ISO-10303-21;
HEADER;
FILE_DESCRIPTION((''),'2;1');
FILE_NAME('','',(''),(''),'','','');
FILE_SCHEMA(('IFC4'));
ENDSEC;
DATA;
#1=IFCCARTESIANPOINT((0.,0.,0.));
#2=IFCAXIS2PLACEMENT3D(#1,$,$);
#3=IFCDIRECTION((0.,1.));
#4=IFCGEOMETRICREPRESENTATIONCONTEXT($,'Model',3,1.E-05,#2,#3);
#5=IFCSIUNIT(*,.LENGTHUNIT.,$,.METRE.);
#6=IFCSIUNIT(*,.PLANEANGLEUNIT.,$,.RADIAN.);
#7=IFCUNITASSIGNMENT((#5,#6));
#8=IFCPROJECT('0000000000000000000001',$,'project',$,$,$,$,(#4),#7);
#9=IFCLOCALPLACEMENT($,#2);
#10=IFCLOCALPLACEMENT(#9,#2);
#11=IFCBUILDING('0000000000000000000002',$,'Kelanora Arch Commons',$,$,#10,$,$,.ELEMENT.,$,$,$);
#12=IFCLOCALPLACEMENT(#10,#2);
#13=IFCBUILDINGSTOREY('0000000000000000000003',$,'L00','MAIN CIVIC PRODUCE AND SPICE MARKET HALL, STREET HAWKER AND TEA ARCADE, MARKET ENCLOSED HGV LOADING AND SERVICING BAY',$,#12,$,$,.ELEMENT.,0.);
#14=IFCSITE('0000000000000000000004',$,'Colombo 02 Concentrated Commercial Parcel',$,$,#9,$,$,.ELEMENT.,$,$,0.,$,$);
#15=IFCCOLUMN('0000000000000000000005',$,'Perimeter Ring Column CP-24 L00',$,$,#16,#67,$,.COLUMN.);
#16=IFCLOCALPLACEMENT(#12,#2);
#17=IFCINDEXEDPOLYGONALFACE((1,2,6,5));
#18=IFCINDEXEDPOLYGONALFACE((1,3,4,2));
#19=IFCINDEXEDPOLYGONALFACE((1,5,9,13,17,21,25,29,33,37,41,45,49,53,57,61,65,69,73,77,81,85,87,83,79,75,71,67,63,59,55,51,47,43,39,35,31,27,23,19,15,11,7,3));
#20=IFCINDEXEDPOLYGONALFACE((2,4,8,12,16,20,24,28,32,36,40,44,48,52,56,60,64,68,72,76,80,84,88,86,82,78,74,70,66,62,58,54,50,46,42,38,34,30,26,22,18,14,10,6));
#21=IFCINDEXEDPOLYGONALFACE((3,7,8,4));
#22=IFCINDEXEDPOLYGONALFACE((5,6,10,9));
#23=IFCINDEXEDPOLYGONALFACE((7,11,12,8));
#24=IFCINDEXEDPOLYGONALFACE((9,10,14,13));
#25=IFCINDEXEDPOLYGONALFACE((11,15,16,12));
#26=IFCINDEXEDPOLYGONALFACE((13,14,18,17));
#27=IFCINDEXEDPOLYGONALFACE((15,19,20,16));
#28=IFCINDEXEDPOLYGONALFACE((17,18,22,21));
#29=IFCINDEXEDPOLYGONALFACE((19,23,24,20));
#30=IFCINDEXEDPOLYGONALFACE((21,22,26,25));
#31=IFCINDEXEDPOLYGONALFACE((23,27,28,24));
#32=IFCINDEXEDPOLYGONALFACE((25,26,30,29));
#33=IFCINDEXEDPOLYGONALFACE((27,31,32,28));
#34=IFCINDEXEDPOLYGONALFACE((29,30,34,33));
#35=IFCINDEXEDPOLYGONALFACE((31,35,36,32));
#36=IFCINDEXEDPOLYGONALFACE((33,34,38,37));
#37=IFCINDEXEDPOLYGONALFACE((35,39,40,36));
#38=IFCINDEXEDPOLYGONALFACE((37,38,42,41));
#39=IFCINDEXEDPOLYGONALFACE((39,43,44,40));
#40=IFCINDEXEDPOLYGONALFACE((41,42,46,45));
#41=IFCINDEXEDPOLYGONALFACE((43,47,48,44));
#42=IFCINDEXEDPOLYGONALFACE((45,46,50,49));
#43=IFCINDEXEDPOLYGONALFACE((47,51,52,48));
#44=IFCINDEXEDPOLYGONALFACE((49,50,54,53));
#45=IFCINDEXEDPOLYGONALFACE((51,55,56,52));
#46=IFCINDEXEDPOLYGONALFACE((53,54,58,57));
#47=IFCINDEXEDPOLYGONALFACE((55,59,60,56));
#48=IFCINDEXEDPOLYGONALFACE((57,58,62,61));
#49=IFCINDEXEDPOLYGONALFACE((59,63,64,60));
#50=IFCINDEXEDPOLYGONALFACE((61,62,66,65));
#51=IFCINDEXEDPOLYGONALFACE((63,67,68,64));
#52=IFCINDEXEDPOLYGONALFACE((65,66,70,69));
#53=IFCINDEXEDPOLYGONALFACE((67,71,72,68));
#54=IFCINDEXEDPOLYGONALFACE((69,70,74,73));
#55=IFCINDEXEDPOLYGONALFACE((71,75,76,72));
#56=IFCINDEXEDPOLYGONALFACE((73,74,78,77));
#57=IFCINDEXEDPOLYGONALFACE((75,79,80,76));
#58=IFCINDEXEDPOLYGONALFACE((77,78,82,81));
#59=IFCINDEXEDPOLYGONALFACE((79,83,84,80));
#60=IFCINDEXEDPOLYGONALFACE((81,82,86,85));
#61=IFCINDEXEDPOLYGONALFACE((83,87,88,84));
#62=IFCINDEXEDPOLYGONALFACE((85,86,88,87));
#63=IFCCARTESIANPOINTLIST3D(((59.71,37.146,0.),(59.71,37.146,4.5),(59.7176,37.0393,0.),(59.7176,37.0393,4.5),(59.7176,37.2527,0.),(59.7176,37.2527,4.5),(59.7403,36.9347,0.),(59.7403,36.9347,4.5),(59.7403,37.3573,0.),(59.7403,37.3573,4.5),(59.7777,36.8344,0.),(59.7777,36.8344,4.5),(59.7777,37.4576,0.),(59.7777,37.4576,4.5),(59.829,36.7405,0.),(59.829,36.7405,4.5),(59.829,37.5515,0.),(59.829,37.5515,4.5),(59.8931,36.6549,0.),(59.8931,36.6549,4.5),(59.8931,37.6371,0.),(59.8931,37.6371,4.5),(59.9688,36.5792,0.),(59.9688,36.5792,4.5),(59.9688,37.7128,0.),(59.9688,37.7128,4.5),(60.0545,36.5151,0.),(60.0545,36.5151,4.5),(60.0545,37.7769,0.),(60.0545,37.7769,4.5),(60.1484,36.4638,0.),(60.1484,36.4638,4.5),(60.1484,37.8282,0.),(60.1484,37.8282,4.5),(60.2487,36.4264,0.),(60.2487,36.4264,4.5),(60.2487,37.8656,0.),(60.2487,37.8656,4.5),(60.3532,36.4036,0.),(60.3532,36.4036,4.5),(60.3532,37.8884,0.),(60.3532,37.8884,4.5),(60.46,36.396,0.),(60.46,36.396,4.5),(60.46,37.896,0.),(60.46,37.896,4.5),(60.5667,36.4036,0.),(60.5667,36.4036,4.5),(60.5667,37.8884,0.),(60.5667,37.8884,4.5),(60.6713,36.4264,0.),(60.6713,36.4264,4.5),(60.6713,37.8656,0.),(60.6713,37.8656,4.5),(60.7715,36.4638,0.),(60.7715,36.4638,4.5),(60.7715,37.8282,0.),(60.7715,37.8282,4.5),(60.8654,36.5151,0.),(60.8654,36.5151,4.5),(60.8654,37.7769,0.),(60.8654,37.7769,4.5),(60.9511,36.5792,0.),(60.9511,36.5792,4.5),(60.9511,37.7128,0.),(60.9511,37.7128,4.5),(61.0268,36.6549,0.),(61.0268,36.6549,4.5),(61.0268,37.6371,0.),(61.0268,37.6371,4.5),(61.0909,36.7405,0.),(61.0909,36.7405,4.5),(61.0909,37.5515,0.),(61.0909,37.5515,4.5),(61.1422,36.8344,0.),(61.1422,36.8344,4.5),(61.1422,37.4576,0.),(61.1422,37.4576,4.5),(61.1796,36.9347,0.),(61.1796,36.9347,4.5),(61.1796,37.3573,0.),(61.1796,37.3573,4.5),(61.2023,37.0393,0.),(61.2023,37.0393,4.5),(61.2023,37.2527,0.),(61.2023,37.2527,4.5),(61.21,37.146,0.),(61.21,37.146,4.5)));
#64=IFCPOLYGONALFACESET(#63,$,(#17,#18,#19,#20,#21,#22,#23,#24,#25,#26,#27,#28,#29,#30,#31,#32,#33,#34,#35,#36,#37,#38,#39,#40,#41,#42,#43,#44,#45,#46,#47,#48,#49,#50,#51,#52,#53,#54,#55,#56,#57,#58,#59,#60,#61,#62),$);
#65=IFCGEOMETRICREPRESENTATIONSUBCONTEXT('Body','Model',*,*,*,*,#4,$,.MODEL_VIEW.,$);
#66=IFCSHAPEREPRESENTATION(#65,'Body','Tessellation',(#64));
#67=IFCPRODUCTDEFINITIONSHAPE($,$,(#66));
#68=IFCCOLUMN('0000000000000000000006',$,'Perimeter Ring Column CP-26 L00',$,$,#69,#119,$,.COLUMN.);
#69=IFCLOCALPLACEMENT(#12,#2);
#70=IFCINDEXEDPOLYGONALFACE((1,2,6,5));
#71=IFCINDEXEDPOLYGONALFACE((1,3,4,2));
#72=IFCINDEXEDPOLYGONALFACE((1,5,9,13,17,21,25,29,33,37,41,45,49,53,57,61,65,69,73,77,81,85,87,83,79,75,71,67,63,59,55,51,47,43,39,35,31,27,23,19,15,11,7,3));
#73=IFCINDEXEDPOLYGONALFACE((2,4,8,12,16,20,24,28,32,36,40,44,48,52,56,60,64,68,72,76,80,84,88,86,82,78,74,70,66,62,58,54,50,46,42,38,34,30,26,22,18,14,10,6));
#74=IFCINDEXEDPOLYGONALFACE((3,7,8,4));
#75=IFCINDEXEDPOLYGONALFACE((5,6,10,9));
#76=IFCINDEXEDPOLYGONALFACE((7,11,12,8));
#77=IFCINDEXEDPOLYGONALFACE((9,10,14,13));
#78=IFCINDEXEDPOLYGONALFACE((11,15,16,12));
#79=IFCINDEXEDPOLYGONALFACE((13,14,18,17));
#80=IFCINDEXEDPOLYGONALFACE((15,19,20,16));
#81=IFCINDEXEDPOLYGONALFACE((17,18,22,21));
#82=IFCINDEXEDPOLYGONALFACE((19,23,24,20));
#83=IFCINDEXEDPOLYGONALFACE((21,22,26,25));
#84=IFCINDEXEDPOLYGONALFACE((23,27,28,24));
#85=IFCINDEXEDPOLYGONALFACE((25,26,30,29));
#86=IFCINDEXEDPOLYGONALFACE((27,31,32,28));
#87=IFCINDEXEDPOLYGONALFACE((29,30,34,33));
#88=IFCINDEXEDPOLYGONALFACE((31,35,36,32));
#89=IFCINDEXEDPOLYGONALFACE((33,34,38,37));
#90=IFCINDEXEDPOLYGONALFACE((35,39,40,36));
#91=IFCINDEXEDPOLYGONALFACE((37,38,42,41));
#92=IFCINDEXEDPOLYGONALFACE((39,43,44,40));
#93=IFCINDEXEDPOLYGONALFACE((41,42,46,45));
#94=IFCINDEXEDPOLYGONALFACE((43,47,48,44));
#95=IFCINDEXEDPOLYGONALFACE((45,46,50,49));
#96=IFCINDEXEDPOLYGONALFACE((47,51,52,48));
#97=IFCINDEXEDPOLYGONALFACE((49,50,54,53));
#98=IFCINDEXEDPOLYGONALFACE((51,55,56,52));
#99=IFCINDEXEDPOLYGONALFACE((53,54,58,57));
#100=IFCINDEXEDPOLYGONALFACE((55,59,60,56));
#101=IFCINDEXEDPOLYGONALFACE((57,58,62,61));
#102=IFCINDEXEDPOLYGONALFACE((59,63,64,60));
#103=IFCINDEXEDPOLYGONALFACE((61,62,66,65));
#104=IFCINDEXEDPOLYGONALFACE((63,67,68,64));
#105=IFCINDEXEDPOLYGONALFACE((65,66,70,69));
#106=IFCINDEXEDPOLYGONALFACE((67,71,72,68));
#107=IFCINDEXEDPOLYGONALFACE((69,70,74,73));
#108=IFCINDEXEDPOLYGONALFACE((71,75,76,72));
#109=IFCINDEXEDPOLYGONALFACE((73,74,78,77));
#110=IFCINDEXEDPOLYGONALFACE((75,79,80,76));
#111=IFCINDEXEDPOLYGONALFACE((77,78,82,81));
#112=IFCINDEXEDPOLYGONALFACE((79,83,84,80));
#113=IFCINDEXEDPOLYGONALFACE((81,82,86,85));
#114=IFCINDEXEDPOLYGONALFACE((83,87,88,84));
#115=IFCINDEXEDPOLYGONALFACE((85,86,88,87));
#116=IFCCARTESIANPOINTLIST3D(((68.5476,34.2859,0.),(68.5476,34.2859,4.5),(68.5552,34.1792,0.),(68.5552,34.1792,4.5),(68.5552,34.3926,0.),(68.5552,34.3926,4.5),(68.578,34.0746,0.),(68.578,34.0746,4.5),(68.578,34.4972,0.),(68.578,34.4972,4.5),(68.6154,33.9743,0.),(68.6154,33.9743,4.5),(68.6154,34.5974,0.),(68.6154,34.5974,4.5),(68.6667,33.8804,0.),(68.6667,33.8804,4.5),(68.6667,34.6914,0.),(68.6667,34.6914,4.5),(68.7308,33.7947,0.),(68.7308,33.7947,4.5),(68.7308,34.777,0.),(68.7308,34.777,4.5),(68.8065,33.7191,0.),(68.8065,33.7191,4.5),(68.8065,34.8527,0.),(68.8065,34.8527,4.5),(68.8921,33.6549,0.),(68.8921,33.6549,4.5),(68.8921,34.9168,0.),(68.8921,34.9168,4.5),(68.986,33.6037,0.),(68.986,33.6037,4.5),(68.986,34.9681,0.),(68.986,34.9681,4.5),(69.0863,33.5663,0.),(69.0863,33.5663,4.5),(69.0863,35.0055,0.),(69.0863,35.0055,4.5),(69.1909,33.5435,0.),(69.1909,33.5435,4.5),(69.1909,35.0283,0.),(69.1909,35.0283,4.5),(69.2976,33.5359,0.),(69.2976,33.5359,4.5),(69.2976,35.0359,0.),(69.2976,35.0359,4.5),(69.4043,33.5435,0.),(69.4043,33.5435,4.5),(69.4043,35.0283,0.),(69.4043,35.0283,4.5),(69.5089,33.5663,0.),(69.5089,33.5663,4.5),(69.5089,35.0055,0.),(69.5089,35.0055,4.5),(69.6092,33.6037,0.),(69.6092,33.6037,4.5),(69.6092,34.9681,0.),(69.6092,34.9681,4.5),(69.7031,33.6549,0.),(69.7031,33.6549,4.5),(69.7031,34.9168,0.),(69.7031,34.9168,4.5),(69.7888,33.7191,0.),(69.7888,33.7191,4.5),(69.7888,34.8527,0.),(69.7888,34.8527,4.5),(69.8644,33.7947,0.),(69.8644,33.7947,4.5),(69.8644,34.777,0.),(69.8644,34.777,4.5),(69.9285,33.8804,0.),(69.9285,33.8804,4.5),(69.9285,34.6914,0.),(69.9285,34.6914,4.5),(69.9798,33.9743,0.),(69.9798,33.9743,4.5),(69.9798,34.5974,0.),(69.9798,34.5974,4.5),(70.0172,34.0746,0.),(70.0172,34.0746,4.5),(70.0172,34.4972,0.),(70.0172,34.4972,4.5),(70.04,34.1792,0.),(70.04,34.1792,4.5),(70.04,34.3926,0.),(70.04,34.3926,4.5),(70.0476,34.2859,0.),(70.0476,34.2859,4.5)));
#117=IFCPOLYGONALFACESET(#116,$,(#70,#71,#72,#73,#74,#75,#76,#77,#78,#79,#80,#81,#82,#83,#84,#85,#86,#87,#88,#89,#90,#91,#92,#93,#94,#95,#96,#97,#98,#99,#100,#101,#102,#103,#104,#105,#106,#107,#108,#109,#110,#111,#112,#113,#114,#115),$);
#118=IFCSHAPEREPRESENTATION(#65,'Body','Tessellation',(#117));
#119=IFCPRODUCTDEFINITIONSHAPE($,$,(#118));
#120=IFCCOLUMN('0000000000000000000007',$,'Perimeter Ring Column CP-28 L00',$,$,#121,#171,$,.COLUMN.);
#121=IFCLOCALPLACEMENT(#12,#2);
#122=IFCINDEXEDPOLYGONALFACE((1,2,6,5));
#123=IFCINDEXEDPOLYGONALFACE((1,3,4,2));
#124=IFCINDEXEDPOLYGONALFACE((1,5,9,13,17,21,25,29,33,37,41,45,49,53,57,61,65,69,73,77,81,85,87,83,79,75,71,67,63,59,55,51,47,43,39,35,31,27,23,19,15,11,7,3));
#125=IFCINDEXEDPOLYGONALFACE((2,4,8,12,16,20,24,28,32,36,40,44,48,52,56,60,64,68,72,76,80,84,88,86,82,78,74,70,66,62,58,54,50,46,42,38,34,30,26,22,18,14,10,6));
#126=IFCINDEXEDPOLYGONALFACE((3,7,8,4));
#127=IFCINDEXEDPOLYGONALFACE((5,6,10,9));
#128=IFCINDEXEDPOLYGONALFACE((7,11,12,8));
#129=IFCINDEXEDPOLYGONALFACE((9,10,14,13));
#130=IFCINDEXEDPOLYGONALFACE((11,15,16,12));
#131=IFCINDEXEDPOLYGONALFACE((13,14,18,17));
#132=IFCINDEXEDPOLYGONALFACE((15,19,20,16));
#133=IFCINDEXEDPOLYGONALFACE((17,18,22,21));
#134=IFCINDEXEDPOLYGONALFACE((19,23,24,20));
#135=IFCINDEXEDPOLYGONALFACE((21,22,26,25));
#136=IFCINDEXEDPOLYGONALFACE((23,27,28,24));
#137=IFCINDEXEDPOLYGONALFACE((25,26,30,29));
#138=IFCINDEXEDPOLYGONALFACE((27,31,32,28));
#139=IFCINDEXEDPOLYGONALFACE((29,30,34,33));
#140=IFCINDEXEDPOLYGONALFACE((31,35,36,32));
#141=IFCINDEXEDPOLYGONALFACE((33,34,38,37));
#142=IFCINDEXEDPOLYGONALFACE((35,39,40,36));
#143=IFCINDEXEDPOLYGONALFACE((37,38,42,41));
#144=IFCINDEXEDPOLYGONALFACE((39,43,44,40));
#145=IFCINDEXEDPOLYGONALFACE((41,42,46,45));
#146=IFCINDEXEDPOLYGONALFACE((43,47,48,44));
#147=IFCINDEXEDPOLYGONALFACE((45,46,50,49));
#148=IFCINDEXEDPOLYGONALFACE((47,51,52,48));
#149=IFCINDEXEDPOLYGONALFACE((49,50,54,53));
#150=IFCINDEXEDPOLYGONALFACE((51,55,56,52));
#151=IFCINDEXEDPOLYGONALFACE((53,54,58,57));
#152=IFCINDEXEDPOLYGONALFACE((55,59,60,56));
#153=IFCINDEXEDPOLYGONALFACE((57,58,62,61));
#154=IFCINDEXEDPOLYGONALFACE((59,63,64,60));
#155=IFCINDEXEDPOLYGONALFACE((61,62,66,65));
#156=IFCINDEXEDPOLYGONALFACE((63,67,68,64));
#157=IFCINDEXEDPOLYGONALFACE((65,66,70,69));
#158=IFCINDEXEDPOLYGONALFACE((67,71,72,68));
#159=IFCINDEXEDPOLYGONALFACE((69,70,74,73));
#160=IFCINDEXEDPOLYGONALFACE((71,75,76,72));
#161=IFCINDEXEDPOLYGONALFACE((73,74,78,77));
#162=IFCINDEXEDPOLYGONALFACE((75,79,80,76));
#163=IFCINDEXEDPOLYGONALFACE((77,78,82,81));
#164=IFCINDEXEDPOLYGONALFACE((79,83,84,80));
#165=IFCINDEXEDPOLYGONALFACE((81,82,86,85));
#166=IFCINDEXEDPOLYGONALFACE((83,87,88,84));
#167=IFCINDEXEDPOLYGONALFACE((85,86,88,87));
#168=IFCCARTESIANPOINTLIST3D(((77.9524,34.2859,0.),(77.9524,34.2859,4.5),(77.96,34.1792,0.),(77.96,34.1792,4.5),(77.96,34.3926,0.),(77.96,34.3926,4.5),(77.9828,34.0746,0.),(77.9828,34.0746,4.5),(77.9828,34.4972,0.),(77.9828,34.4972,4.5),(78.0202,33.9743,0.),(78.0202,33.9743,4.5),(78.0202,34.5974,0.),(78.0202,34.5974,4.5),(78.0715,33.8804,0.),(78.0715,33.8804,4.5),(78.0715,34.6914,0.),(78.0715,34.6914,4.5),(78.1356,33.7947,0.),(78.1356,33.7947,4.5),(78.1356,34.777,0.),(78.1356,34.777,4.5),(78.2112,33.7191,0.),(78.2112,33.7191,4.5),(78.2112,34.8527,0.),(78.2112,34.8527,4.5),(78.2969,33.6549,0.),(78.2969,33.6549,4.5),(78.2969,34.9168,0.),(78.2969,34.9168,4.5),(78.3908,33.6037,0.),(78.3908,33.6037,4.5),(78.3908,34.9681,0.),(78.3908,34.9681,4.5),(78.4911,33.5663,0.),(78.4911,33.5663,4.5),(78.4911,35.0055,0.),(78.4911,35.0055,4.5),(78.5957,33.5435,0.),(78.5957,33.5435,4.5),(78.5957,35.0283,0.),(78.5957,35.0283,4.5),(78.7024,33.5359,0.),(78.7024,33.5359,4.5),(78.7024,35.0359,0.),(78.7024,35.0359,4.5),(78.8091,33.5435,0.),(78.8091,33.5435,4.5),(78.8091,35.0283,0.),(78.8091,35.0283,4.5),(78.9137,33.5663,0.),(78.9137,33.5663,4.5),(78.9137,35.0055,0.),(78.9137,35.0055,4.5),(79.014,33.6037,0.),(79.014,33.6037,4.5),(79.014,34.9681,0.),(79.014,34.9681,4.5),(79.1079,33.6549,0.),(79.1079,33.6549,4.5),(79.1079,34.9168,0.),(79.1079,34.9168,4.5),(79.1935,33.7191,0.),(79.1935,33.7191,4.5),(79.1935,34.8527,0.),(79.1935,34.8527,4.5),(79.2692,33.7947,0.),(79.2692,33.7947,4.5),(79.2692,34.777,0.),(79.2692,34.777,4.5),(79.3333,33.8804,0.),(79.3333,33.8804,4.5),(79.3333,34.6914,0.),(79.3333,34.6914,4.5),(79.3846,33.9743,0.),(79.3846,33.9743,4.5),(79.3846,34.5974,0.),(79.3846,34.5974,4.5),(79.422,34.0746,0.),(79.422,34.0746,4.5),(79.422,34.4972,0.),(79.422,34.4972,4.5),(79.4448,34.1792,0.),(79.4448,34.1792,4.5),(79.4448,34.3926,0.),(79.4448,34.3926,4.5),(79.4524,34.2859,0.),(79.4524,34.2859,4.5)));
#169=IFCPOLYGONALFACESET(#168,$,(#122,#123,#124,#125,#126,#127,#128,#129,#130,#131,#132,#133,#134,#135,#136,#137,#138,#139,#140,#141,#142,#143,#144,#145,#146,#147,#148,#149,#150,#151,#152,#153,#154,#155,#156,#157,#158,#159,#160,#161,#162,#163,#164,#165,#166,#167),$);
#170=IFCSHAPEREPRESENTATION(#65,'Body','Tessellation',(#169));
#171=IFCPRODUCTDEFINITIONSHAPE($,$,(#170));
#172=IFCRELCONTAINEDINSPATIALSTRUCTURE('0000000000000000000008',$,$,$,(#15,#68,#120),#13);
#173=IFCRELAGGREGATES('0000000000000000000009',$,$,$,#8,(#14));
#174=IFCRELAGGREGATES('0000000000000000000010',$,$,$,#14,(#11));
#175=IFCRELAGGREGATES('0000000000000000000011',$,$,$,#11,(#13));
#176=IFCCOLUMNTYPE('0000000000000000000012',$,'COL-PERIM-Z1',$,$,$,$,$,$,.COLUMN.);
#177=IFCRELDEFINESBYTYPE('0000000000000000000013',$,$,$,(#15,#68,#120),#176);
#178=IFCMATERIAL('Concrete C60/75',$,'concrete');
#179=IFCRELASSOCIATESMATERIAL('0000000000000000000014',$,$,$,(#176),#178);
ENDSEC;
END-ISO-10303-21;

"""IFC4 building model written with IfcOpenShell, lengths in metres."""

from ifc_helpers import new_model, si_unit, direction, frame, origin, origin_2d, place, context, subcontext, project, spatial, circle, extrude, material, material_profile, profile_set, type_object, element, save


model = new_model("IFC4")

# Units and contexts
model_context = context("Model", 3, precision=1e-05, world=origin(), true_north=direction((0.0, 1.0)))
body_context = subcontext(model_context, "Body", "Model", "MODEL_VIEW")
ifc_project = project(units=[si_unit("LENGTHUNIT", "METRE"), si_unit("PLANEANGLEUNIT", "RADIAN")], contexts=[model_context])

# Site, building, storey
site_placement = place(None, origin())
site = spatial("IfcSite", under=ifc_project, at=site_placement, Name="Colombo 02 Concentrated Commercial Parcel", CompositionType="ELEMENT", RefElevation=0.0)
building_placement = place(site_placement, origin())
building = spatial("IfcBuilding", under=site, at=building_placement, Name="Kelanora Arch Commons", CompositionType="ELEMENT")
storey_placement = place(building_placement, origin())
storey = spatial("IfcBuildingStorey", under=building, at=storey_placement, Name="L00", Description="MAIN CIVIC PRODUCE AND SPICE MARKET HALL, STREET HAWKER AND TEA ARCADE, MARKET ENCLOSED HGV LOADING AND SERVICING BAY", CompositionType="ELEMENT", Elevation=0.0)

# Columns
ifc_material_1 = material(Name="Concrete C60/75", Category="concrete")
ifc_material_profile_1 = material_profile(ifc_material_1, circle(Radius=0.75, at=origin_2d()), Name="RCC1500")
ifc_profile_set_1 = profile_set([ifc_material_profile_1], Name="Concrete C60/75")
column_type = type_object("IfcColumnType", Name="COL-PERIM-Z1", PredefinedType="COLUMN", material=ifc_profile_set_1)
for number, where, z_axis, x_axis, name in (
    (1, (60.46, 37.146, 0.0), (0.0, 0.0, 1.0), (1.0, 0.0, 0.0), "Perimeter Ring Column CP-24 L00"),
    (2, (69.2976, 34.2859, 0.0), (0.0, 0.0, 1.0), (1.0, 0.0, 0.0), "Perimeter Ring Column CP-26 L00"),
    (3, (78.7024, 34.2859, 0.0), (0.0, 0.0, 1.0), (1.0, 0.0, 0.0), "Perimeter Ring Column CP-28 L00"),
):
    element("IfcColumn", number, at=place(storey_placement, frame(where, z_axis=z_axis, x_axis=x_axis)), inside=storey, type_object=column_type, Name=name, PredefinedType="COLUMN", context=body_context, shape_type="SweptSolid", body=[
        extrude(circle(Radius=0.75, at=origin_2d()), origin(), (0.0, 0.0, 1.0), 4.5),
    ])

save(model, "model.ifc")
